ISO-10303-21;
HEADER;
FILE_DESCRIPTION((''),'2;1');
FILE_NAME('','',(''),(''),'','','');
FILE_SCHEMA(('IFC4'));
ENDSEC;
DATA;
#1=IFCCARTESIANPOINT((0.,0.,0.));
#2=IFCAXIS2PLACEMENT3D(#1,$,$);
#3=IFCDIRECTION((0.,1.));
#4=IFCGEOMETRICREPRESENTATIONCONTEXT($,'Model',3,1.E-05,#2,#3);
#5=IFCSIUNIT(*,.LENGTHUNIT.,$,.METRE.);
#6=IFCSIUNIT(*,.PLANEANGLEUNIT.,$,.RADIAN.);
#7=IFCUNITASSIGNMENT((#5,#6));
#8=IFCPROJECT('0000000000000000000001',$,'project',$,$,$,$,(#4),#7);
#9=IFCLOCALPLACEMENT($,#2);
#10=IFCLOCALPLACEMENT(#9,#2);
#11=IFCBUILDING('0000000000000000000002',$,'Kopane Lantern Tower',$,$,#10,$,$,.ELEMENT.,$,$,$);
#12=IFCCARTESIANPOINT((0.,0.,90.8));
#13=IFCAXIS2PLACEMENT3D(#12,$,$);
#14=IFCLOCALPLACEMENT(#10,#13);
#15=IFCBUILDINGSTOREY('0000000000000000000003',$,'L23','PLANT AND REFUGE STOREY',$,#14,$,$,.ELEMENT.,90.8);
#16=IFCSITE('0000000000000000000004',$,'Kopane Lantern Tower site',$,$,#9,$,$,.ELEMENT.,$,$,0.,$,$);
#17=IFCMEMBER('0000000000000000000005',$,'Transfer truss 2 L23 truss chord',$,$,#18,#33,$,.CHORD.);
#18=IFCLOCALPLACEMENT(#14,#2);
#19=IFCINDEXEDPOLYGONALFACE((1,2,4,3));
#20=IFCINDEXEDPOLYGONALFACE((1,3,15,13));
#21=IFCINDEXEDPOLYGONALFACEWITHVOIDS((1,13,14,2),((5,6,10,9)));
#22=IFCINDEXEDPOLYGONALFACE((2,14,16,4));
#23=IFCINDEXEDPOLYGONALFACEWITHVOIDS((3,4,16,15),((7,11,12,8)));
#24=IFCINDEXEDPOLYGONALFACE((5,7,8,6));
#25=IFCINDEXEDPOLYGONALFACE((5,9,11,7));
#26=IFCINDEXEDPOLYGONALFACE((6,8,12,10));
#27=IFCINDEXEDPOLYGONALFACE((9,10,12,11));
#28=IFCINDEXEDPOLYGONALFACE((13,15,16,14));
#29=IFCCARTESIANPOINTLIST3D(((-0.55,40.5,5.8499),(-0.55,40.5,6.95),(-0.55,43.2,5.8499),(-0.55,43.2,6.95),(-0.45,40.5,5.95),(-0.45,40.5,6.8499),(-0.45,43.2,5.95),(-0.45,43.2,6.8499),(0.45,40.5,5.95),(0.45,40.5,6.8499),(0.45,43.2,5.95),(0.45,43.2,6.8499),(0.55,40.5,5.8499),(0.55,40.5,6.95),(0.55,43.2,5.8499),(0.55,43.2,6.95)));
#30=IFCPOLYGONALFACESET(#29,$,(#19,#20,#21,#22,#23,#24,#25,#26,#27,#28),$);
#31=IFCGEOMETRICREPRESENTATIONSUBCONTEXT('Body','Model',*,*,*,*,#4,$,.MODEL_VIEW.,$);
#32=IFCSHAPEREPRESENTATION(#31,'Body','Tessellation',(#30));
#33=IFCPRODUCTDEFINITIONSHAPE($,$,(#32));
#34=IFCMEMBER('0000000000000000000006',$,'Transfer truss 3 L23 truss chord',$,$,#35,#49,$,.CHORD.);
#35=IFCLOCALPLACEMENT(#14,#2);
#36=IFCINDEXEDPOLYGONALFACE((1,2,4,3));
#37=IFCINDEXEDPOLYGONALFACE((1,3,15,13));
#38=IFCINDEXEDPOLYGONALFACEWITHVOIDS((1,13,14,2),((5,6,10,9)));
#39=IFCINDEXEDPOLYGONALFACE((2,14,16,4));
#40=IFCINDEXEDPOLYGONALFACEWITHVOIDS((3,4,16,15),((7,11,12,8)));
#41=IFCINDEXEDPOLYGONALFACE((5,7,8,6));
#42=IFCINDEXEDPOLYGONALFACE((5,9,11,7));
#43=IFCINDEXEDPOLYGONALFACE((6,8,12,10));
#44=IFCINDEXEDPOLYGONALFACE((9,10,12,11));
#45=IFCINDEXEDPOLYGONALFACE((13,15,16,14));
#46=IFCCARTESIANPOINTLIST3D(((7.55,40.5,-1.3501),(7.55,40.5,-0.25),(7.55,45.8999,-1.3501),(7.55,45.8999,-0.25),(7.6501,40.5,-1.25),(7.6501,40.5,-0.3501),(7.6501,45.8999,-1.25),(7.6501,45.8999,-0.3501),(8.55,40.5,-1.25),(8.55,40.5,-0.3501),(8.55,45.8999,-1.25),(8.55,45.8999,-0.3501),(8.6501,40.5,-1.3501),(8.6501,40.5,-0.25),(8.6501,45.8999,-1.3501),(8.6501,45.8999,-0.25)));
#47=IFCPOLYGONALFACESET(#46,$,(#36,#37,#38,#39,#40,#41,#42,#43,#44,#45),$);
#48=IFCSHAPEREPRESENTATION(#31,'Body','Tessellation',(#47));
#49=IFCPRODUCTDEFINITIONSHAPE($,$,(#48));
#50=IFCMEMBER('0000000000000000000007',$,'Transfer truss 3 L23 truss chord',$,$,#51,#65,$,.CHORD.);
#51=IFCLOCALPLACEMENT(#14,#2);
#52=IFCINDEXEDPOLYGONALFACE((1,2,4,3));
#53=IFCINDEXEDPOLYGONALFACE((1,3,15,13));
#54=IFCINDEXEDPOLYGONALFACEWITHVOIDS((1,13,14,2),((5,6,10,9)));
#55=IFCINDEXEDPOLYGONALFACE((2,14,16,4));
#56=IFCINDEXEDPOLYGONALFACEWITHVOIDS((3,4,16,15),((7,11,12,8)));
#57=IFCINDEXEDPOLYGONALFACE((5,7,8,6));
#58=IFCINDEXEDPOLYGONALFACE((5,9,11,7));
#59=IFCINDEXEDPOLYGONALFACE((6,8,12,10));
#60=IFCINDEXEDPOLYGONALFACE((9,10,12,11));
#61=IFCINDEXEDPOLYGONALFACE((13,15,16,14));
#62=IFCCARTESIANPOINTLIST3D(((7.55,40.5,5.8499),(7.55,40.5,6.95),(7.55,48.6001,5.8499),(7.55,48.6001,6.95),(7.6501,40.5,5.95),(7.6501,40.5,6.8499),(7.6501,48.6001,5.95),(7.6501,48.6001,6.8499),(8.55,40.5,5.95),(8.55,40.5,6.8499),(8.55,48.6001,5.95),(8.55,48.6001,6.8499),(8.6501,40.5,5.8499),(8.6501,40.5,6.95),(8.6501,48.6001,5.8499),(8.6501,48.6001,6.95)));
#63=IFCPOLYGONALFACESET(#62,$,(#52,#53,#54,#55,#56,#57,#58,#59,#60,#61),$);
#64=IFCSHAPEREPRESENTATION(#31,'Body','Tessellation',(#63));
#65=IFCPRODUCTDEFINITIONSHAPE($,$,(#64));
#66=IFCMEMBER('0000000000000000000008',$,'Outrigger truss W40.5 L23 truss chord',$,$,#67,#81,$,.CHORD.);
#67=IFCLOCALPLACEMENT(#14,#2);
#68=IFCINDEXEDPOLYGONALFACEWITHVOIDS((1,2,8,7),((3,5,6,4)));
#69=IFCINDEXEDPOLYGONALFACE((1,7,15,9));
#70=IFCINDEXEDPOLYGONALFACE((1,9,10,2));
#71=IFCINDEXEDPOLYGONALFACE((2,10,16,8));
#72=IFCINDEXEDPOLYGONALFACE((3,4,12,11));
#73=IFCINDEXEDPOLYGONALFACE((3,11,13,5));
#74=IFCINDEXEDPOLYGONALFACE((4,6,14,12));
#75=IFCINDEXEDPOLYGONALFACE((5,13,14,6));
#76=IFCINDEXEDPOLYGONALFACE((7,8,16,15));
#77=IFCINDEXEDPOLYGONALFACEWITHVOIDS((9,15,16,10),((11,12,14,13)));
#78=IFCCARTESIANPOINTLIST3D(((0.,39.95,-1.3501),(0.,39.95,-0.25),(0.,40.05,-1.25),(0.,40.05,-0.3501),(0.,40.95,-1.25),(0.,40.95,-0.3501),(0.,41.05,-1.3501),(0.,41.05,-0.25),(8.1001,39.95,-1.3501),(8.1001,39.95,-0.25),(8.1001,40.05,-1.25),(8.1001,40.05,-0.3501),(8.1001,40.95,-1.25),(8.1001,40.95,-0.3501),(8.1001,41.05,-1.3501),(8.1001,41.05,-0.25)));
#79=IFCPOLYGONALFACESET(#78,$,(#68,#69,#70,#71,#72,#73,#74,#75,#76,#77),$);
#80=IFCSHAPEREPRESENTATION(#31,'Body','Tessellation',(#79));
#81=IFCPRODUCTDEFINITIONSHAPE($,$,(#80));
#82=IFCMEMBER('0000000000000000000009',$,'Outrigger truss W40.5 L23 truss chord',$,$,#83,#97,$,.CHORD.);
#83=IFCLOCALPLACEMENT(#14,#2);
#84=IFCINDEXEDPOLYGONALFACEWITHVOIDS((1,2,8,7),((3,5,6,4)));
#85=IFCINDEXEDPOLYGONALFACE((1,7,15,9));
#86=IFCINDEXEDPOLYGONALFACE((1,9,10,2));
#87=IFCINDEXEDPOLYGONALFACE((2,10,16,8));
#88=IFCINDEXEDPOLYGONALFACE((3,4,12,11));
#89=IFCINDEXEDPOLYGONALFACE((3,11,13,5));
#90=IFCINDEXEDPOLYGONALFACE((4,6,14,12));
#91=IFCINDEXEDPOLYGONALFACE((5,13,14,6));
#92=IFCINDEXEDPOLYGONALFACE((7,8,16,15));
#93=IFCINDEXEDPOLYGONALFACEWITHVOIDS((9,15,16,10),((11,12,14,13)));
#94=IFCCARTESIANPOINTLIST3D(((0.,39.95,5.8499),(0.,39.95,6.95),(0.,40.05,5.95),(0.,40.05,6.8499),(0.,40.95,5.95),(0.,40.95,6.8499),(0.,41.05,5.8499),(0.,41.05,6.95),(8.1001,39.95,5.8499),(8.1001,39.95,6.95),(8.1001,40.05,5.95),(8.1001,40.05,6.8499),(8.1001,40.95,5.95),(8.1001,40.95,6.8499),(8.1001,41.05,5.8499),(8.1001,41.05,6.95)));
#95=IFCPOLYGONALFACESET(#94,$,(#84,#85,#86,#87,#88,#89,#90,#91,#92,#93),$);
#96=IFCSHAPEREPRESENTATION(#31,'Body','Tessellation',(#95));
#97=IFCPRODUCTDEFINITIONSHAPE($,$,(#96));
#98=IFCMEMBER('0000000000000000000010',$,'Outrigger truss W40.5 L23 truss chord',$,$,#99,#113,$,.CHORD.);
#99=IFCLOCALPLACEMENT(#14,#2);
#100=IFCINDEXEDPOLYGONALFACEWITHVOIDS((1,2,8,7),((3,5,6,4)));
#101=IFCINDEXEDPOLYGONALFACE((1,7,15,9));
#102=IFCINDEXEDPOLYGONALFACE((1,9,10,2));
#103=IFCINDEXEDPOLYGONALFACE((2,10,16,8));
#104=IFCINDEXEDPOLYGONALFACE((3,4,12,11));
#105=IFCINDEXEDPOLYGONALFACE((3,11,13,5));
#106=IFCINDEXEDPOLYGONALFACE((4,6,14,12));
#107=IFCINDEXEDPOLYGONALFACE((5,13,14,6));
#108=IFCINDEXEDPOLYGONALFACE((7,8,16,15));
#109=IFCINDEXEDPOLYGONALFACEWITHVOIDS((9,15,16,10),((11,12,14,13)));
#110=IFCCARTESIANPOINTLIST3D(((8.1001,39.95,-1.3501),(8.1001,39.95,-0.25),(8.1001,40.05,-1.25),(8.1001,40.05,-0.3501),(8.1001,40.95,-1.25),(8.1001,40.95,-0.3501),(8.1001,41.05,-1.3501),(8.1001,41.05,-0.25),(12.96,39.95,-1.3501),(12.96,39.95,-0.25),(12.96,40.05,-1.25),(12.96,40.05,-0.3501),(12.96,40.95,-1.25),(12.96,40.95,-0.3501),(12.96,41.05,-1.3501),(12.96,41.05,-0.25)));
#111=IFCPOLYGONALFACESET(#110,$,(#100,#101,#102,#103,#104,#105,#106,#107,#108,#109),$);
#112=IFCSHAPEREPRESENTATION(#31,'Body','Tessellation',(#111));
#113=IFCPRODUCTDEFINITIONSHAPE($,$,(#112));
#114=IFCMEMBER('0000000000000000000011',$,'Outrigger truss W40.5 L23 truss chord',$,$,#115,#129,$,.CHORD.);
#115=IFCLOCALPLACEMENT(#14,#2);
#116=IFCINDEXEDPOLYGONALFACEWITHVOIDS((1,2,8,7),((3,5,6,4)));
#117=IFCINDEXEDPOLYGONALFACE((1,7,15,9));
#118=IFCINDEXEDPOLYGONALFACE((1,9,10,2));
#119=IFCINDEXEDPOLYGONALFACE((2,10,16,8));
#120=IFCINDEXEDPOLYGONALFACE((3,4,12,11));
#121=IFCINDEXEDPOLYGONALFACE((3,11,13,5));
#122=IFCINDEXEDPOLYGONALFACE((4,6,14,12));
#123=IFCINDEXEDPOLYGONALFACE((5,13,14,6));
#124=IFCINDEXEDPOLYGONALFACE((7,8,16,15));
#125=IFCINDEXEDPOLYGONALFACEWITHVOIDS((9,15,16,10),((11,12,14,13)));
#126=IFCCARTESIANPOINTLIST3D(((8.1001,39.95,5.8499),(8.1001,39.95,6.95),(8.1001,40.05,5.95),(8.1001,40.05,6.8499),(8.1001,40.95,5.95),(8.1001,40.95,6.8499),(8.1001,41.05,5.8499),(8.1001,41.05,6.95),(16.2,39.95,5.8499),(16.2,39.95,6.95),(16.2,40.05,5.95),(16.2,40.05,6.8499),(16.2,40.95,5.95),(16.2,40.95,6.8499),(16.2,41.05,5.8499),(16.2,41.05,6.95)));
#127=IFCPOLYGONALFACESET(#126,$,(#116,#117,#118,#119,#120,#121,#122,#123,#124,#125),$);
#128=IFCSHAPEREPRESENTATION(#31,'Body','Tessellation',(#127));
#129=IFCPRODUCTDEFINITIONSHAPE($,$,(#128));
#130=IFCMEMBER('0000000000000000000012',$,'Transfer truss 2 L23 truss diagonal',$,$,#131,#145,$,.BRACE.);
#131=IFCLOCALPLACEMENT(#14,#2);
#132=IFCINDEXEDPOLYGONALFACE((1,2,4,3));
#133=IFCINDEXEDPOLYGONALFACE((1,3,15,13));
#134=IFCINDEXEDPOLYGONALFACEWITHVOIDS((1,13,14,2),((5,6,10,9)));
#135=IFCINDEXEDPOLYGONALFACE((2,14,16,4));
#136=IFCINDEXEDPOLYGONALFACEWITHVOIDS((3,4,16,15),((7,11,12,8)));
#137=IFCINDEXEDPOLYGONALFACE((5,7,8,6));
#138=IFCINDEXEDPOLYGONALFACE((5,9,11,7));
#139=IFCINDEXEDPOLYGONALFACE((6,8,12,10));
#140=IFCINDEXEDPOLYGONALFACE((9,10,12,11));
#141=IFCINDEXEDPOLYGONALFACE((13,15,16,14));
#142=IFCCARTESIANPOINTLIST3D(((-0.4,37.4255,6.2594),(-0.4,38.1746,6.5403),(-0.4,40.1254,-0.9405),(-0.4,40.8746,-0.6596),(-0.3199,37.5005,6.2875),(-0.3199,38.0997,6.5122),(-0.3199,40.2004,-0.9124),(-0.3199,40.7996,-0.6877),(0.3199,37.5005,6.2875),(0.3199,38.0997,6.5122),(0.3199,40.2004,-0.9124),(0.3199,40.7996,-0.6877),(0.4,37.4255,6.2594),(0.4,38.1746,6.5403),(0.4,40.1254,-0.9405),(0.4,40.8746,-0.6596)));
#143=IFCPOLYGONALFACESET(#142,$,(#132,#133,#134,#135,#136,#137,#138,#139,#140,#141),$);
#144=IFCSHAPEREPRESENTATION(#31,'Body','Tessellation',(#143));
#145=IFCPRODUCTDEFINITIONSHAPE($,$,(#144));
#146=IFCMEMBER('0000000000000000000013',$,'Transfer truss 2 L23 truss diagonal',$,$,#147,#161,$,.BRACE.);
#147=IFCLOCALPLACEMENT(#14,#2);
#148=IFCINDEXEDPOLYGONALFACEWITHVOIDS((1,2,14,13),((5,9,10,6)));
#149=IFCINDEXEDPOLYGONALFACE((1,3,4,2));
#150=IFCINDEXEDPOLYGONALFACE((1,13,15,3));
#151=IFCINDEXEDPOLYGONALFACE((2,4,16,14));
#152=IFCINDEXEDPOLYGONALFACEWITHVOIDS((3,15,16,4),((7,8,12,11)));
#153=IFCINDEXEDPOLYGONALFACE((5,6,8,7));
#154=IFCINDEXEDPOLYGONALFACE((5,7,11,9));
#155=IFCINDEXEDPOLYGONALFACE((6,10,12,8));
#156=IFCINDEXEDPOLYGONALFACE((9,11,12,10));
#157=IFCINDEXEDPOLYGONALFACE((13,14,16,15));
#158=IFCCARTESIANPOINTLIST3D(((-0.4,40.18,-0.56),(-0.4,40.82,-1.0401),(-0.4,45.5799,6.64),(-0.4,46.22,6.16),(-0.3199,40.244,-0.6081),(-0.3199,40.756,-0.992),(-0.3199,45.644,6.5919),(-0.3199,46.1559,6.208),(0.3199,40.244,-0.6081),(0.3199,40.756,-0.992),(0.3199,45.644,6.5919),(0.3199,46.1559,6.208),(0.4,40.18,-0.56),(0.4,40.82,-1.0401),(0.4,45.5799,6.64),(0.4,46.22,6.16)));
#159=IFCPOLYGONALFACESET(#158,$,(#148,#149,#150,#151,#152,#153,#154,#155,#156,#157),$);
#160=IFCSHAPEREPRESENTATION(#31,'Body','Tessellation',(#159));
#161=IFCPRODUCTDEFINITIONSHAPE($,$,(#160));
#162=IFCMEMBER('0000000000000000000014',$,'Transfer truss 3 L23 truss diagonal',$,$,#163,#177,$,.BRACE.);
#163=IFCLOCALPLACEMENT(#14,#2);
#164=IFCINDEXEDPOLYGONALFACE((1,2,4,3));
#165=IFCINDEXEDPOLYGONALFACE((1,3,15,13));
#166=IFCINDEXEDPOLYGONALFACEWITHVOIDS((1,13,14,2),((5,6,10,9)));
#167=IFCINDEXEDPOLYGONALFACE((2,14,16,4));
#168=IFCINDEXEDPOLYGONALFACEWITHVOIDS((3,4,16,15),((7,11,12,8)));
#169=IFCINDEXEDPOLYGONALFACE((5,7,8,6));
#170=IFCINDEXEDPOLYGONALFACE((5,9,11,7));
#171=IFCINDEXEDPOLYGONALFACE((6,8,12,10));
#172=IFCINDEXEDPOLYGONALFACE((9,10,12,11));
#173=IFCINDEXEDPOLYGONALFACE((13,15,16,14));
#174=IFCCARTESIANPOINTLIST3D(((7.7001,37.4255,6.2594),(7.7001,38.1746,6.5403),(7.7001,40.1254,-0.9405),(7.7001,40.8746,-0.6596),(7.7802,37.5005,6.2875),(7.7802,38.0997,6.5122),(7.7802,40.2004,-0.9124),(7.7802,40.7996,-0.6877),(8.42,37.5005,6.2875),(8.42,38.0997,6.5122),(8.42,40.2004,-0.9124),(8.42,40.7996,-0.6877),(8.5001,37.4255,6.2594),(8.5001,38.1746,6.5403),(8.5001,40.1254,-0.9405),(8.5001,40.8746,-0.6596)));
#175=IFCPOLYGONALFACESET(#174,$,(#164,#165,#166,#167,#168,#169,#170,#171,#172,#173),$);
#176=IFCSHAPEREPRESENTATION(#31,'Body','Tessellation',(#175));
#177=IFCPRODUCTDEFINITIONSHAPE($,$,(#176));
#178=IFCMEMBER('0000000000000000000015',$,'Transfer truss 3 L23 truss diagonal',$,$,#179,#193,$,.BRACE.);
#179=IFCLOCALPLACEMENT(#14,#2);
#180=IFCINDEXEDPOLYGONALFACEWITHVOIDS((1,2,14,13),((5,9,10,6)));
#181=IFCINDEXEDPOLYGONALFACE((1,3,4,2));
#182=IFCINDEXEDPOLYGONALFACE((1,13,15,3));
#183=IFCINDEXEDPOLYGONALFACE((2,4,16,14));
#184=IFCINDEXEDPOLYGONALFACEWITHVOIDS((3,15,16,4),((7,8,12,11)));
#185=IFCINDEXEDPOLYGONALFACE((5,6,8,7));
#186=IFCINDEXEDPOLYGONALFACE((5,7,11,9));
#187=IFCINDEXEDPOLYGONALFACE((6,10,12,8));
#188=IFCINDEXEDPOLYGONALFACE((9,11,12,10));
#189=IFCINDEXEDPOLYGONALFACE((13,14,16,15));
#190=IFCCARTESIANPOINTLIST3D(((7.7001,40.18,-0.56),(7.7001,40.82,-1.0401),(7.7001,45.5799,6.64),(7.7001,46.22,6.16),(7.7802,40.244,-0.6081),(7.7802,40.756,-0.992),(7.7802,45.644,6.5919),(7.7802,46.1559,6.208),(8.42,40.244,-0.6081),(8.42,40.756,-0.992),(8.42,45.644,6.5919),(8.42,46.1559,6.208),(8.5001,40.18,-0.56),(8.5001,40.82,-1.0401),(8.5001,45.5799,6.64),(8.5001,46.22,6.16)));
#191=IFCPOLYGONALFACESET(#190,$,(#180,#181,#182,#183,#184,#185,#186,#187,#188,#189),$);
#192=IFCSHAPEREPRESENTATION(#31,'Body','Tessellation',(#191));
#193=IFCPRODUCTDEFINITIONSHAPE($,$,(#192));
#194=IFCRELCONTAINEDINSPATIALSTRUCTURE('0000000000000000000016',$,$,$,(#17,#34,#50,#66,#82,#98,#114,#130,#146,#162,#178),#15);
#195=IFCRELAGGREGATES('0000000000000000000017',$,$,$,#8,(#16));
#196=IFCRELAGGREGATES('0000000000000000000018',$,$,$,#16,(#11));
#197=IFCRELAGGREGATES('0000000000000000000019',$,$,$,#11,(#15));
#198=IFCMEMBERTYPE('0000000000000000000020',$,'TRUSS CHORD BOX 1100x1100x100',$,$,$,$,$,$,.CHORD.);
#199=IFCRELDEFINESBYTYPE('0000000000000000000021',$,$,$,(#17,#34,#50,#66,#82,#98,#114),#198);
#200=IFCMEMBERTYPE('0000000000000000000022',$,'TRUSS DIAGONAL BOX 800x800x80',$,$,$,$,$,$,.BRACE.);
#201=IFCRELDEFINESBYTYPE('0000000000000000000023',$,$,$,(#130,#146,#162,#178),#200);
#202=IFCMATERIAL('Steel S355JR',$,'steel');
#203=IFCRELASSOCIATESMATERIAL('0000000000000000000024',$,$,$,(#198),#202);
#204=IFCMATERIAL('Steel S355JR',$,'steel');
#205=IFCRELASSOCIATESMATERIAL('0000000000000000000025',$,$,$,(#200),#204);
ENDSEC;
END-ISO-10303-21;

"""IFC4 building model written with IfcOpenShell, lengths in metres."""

from ifc_helpers import new_model, si_unit, direction, frame, origin, origin_2d, place, context, subcontext, project, spatial, hollow_rectangle, extrude, material, material_profile, profile_set, type_object, element, save


model = new_model("IFC4")

# Units and contexts
model_context = context("Model", 3, precision=1e-05, world=origin(), true_north=direction((0.0, 1.0)))
body_context = subcontext(model_context, "Body", "Model", "MODEL_VIEW")
ifc_project = project(units=[si_unit("LENGTHUNIT", "METRE"), si_unit("PLANEANGLEUNIT", "RADIAN")], contexts=[model_context])

# Site, building, storey
site_placement = place(None, origin())
site = spatial("IfcSite", under=ifc_project, at=site_placement, Name="Kopane Lantern Tower site", CompositionType="ELEMENT", RefElevation=0.0)
building_placement = place(site_placement, origin())
building = spatial("IfcBuilding", under=site, at=building_placement, Name="Kopane Lantern Tower", CompositionType="ELEMENT")
storey_placement = place(building_placement, frame((0.0, 0.0, 90.8)))
storey = spatial("IfcBuildingStorey", under=building, at=storey_placement, Name="L23", Description="PLANT AND REFUGE STOREY", CompositionType="ELEMENT", Elevation=90.8)

# Members
ifc_material_1 = material(Name="Steel S355JR", Category="steel")
ifc_material_profile_1 = material_profile(ifc_material_1, hollow_rectangle(XDim=1.1001, YDim=1.1001, WallThickness=0.1001, at=origin_2d()), Name="BOX 1100x1100x100")
ifc_profile_set_1 = profile_set([ifc_material_profile_1], Name="Steel S355JR")
member_type_1 = type_object("IfcMemberType", Name="TRUSS CHORD BOX 1100x1100x100", PredefinedType="CHORD", material=ifc_profile_set_1)
member_1_placement = place(storey_placement, frame((0.0, 40.5, 6.3999), z_axis=(0.0, 1.0, 0.0), x_axis=(-1.0, 0.0, 0.0)))
element("IfcMember", 1, at=member_1_placement, inside=storey, type_object=member_type_1, Name="Transfer truss 2 L23 truss chord", PredefinedType="CHORD", context=body_context, shape_type="SweptSolid", body=[
    extrude(hollow_rectangle(XDim=1.1001, YDim=1.1001, WallThickness=0.1001, at=origin_2d()), origin(), (0.0, 0.0, 1.0), 2.7),
])
member_2_placement = place(storey_placement, frame((8.1001, 40.5, -0.8), z_axis=(0.0, 1.0, 0.0), x_axis=(-1.0, 0.0, 0.0)))
element("IfcMember", 2, at=member_2_placement, inside=storey, type_object=member_type_1, Name="Transfer truss 3 L23 truss chord", PredefinedType="CHORD", context=body_context, shape_type="SweptSolid", body=[
    extrude(hollow_rectangle(XDim=1.1001, YDim=1.1001, WallThickness=0.1001, at=origin_2d()), origin(), (0.0, 0.0, 1.0), 5.3999),
])
for number, where, z_axis, x_axis, name in (
    (3, (8.1001, 40.5, 6.3999), (0.0, 1.0, 0.0), (-1.0, 0.0, 0.0), "Transfer truss 3 L23 truss chord"),
    (4, (0.0, 40.5, -0.8), (1.0, 0.0, 0.0), (0.0, 1.0, 0.0), "Outrigger truss W40.5 L23 truss chord"),
    (5, (0.0, 40.5, 6.3999), (1.0, 0.0, 0.0), (0.0, 1.0, 0.0), "Outrigger truss W40.5 L23 truss chord"),
):
    element("IfcMember", number, at=place(storey_placement, frame(where, z_axis=z_axis, x_axis=x_axis)), inside=storey, type_object=member_type_1, Name=name, PredefinedType="CHORD", context=body_context, shape_type="SweptSolid", body=[
        extrude(hollow_rectangle(XDim=1.1001, YDim=1.1001, WallThickness=0.1001, at=origin_2d()), origin(), (0.0, 0.0, 1.0), 8.1001),
    ])
member_3_placement = place(storey_placement, frame((8.1001, 40.5, -0.8), z_axis=(1.0, 0.0, 0.0), x_axis=(0.0, 1.0, 0.0)))
element("IfcMember", 6, at=member_3_placement, inside=storey, type_object=member_type_1, Name="Outrigger truss W40.5 L23 truss chord", PredefinedType="CHORD", context=body_context, shape_type="SweptSolid", body=[
    extrude(hollow_rectangle(XDim=1.1001, YDim=1.1001, WallThickness=0.1001, at=origin_2d()), origin(), (0.0, 0.0, 1.0), 4.8599),
])
member_4_placement = place(storey_placement, frame((8.1001, 40.5, 6.3999), z_axis=(1.0, 0.0, 0.0), x_axis=(0.0, 1.0, 0.0)))
element("IfcMember", 7, at=member_4_placement, inside=storey, type_object=member_type_1, Name="Outrigger truss W40.5 L23 truss chord", PredefinedType="CHORD", context=body_context, shape_type="SweptSolid", body=[
    extrude(hollow_rectangle(XDim=1.1001, YDim=1.1001, WallThickness=0.1001, at=origin_2d()), origin(), (0.0, 0.0, 1.0), 8.0999),
])
ifc_material_2 = material(Name="Steel S355JR", Category="steel")
ifc_material_profile_2 = material_profile(ifc_material_2, hollow_rectangle(XDim=0.8, YDim=0.8, WallThickness=0.0801, at=origin_2d()), Name="BOX 800x800x80")
ifc_profile_set_2 = profile_set([ifc_material_profile_2], Name="Steel S355JR")
member_type_2 = type_object("IfcMemberType", Name="TRUSS DIAGONAL BOX 800x800x80", PredefinedType="BRACE", material=ifc_profile_set_2)
member_5_placement = place(storey_placement, frame((0.0, 40.5, -0.8), z_axis=(0.0, -0.35112, 0.93633), x_axis=(1.0, 0.0, 0.0)))
element("IfcMember", 8, at=member_5_placement, inside=storey, type_object=member_type_2, Name="Transfer truss 2 L23 truss diagonal", PredefinedType="BRACE", context=body_context, shape_type="SweptSolid", body=[
    extrude(hollow_rectangle(XDim=0.8, YDim=0.8, WallThickness=0.0801, at=origin_2d()), origin(), (0.0, 0.0, 1.0), 7.6895),
])
member_6_placement = place(storey_placement, frame((0.0, 40.5, -0.8), z_axis=(0.0, 0.599996, 0.800003), x_axis=(-1.0, 0.0, 0.0)))
element("IfcMember", 9, at=member_6_placement, inside=storey, type_object=member_type_2, Name="Transfer truss 2 L23 truss diagonal", PredefinedType="BRACE", context=body_context, shape_type="SweptSolid", body=[
    extrude(hollow_rectangle(XDim=0.8, YDim=0.8, WallThickness=0.0801, at=origin_2d()), origin(), (0.0, 0.0, 1.0), 9.0),
])
member_7_placement = place(storey_placement, frame((8.1001, 40.5, -0.8), z_axis=(0.0, -0.35112, 0.93633), x_axis=(1.0, 0.0, 0.0)))
element("IfcMember", 10, at=member_7_placement, inside=storey, type_object=member_type_2, Name="Transfer truss 3 L23 truss diagonal", PredefinedType="BRACE", context=body_context, shape_type="SweptSolid", body=[
    extrude(hollow_rectangle(XDim=0.8, YDim=0.8, WallThickness=0.0801, at=origin_2d()), origin(), (0.0, 0.0, 1.0), 7.6895),
])
member_8_placement = place(storey_placement, frame((8.1001, 40.5, -0.8), z_axis=(0.0, 0.599996, 0.800003), x_axis=(-1.0, 0.0, 0.0)))
element("IfcMember", 11, at=member_8_placement, inside=storey, type_object=member_type_2, Name="Transfer truss 3 L23 truss diagonal", PredefinedType="BRACE", context=body_context, shape_type="SweptSolid", body=[
    extrude(hollow_rectangle(XDim=0.8, YDim=0.8, WallThickness=0.0801, at=origin_2d()), origin(), (0.0, 0.0, 1.0), 9.0),
])

save(model, "model.ifc")
